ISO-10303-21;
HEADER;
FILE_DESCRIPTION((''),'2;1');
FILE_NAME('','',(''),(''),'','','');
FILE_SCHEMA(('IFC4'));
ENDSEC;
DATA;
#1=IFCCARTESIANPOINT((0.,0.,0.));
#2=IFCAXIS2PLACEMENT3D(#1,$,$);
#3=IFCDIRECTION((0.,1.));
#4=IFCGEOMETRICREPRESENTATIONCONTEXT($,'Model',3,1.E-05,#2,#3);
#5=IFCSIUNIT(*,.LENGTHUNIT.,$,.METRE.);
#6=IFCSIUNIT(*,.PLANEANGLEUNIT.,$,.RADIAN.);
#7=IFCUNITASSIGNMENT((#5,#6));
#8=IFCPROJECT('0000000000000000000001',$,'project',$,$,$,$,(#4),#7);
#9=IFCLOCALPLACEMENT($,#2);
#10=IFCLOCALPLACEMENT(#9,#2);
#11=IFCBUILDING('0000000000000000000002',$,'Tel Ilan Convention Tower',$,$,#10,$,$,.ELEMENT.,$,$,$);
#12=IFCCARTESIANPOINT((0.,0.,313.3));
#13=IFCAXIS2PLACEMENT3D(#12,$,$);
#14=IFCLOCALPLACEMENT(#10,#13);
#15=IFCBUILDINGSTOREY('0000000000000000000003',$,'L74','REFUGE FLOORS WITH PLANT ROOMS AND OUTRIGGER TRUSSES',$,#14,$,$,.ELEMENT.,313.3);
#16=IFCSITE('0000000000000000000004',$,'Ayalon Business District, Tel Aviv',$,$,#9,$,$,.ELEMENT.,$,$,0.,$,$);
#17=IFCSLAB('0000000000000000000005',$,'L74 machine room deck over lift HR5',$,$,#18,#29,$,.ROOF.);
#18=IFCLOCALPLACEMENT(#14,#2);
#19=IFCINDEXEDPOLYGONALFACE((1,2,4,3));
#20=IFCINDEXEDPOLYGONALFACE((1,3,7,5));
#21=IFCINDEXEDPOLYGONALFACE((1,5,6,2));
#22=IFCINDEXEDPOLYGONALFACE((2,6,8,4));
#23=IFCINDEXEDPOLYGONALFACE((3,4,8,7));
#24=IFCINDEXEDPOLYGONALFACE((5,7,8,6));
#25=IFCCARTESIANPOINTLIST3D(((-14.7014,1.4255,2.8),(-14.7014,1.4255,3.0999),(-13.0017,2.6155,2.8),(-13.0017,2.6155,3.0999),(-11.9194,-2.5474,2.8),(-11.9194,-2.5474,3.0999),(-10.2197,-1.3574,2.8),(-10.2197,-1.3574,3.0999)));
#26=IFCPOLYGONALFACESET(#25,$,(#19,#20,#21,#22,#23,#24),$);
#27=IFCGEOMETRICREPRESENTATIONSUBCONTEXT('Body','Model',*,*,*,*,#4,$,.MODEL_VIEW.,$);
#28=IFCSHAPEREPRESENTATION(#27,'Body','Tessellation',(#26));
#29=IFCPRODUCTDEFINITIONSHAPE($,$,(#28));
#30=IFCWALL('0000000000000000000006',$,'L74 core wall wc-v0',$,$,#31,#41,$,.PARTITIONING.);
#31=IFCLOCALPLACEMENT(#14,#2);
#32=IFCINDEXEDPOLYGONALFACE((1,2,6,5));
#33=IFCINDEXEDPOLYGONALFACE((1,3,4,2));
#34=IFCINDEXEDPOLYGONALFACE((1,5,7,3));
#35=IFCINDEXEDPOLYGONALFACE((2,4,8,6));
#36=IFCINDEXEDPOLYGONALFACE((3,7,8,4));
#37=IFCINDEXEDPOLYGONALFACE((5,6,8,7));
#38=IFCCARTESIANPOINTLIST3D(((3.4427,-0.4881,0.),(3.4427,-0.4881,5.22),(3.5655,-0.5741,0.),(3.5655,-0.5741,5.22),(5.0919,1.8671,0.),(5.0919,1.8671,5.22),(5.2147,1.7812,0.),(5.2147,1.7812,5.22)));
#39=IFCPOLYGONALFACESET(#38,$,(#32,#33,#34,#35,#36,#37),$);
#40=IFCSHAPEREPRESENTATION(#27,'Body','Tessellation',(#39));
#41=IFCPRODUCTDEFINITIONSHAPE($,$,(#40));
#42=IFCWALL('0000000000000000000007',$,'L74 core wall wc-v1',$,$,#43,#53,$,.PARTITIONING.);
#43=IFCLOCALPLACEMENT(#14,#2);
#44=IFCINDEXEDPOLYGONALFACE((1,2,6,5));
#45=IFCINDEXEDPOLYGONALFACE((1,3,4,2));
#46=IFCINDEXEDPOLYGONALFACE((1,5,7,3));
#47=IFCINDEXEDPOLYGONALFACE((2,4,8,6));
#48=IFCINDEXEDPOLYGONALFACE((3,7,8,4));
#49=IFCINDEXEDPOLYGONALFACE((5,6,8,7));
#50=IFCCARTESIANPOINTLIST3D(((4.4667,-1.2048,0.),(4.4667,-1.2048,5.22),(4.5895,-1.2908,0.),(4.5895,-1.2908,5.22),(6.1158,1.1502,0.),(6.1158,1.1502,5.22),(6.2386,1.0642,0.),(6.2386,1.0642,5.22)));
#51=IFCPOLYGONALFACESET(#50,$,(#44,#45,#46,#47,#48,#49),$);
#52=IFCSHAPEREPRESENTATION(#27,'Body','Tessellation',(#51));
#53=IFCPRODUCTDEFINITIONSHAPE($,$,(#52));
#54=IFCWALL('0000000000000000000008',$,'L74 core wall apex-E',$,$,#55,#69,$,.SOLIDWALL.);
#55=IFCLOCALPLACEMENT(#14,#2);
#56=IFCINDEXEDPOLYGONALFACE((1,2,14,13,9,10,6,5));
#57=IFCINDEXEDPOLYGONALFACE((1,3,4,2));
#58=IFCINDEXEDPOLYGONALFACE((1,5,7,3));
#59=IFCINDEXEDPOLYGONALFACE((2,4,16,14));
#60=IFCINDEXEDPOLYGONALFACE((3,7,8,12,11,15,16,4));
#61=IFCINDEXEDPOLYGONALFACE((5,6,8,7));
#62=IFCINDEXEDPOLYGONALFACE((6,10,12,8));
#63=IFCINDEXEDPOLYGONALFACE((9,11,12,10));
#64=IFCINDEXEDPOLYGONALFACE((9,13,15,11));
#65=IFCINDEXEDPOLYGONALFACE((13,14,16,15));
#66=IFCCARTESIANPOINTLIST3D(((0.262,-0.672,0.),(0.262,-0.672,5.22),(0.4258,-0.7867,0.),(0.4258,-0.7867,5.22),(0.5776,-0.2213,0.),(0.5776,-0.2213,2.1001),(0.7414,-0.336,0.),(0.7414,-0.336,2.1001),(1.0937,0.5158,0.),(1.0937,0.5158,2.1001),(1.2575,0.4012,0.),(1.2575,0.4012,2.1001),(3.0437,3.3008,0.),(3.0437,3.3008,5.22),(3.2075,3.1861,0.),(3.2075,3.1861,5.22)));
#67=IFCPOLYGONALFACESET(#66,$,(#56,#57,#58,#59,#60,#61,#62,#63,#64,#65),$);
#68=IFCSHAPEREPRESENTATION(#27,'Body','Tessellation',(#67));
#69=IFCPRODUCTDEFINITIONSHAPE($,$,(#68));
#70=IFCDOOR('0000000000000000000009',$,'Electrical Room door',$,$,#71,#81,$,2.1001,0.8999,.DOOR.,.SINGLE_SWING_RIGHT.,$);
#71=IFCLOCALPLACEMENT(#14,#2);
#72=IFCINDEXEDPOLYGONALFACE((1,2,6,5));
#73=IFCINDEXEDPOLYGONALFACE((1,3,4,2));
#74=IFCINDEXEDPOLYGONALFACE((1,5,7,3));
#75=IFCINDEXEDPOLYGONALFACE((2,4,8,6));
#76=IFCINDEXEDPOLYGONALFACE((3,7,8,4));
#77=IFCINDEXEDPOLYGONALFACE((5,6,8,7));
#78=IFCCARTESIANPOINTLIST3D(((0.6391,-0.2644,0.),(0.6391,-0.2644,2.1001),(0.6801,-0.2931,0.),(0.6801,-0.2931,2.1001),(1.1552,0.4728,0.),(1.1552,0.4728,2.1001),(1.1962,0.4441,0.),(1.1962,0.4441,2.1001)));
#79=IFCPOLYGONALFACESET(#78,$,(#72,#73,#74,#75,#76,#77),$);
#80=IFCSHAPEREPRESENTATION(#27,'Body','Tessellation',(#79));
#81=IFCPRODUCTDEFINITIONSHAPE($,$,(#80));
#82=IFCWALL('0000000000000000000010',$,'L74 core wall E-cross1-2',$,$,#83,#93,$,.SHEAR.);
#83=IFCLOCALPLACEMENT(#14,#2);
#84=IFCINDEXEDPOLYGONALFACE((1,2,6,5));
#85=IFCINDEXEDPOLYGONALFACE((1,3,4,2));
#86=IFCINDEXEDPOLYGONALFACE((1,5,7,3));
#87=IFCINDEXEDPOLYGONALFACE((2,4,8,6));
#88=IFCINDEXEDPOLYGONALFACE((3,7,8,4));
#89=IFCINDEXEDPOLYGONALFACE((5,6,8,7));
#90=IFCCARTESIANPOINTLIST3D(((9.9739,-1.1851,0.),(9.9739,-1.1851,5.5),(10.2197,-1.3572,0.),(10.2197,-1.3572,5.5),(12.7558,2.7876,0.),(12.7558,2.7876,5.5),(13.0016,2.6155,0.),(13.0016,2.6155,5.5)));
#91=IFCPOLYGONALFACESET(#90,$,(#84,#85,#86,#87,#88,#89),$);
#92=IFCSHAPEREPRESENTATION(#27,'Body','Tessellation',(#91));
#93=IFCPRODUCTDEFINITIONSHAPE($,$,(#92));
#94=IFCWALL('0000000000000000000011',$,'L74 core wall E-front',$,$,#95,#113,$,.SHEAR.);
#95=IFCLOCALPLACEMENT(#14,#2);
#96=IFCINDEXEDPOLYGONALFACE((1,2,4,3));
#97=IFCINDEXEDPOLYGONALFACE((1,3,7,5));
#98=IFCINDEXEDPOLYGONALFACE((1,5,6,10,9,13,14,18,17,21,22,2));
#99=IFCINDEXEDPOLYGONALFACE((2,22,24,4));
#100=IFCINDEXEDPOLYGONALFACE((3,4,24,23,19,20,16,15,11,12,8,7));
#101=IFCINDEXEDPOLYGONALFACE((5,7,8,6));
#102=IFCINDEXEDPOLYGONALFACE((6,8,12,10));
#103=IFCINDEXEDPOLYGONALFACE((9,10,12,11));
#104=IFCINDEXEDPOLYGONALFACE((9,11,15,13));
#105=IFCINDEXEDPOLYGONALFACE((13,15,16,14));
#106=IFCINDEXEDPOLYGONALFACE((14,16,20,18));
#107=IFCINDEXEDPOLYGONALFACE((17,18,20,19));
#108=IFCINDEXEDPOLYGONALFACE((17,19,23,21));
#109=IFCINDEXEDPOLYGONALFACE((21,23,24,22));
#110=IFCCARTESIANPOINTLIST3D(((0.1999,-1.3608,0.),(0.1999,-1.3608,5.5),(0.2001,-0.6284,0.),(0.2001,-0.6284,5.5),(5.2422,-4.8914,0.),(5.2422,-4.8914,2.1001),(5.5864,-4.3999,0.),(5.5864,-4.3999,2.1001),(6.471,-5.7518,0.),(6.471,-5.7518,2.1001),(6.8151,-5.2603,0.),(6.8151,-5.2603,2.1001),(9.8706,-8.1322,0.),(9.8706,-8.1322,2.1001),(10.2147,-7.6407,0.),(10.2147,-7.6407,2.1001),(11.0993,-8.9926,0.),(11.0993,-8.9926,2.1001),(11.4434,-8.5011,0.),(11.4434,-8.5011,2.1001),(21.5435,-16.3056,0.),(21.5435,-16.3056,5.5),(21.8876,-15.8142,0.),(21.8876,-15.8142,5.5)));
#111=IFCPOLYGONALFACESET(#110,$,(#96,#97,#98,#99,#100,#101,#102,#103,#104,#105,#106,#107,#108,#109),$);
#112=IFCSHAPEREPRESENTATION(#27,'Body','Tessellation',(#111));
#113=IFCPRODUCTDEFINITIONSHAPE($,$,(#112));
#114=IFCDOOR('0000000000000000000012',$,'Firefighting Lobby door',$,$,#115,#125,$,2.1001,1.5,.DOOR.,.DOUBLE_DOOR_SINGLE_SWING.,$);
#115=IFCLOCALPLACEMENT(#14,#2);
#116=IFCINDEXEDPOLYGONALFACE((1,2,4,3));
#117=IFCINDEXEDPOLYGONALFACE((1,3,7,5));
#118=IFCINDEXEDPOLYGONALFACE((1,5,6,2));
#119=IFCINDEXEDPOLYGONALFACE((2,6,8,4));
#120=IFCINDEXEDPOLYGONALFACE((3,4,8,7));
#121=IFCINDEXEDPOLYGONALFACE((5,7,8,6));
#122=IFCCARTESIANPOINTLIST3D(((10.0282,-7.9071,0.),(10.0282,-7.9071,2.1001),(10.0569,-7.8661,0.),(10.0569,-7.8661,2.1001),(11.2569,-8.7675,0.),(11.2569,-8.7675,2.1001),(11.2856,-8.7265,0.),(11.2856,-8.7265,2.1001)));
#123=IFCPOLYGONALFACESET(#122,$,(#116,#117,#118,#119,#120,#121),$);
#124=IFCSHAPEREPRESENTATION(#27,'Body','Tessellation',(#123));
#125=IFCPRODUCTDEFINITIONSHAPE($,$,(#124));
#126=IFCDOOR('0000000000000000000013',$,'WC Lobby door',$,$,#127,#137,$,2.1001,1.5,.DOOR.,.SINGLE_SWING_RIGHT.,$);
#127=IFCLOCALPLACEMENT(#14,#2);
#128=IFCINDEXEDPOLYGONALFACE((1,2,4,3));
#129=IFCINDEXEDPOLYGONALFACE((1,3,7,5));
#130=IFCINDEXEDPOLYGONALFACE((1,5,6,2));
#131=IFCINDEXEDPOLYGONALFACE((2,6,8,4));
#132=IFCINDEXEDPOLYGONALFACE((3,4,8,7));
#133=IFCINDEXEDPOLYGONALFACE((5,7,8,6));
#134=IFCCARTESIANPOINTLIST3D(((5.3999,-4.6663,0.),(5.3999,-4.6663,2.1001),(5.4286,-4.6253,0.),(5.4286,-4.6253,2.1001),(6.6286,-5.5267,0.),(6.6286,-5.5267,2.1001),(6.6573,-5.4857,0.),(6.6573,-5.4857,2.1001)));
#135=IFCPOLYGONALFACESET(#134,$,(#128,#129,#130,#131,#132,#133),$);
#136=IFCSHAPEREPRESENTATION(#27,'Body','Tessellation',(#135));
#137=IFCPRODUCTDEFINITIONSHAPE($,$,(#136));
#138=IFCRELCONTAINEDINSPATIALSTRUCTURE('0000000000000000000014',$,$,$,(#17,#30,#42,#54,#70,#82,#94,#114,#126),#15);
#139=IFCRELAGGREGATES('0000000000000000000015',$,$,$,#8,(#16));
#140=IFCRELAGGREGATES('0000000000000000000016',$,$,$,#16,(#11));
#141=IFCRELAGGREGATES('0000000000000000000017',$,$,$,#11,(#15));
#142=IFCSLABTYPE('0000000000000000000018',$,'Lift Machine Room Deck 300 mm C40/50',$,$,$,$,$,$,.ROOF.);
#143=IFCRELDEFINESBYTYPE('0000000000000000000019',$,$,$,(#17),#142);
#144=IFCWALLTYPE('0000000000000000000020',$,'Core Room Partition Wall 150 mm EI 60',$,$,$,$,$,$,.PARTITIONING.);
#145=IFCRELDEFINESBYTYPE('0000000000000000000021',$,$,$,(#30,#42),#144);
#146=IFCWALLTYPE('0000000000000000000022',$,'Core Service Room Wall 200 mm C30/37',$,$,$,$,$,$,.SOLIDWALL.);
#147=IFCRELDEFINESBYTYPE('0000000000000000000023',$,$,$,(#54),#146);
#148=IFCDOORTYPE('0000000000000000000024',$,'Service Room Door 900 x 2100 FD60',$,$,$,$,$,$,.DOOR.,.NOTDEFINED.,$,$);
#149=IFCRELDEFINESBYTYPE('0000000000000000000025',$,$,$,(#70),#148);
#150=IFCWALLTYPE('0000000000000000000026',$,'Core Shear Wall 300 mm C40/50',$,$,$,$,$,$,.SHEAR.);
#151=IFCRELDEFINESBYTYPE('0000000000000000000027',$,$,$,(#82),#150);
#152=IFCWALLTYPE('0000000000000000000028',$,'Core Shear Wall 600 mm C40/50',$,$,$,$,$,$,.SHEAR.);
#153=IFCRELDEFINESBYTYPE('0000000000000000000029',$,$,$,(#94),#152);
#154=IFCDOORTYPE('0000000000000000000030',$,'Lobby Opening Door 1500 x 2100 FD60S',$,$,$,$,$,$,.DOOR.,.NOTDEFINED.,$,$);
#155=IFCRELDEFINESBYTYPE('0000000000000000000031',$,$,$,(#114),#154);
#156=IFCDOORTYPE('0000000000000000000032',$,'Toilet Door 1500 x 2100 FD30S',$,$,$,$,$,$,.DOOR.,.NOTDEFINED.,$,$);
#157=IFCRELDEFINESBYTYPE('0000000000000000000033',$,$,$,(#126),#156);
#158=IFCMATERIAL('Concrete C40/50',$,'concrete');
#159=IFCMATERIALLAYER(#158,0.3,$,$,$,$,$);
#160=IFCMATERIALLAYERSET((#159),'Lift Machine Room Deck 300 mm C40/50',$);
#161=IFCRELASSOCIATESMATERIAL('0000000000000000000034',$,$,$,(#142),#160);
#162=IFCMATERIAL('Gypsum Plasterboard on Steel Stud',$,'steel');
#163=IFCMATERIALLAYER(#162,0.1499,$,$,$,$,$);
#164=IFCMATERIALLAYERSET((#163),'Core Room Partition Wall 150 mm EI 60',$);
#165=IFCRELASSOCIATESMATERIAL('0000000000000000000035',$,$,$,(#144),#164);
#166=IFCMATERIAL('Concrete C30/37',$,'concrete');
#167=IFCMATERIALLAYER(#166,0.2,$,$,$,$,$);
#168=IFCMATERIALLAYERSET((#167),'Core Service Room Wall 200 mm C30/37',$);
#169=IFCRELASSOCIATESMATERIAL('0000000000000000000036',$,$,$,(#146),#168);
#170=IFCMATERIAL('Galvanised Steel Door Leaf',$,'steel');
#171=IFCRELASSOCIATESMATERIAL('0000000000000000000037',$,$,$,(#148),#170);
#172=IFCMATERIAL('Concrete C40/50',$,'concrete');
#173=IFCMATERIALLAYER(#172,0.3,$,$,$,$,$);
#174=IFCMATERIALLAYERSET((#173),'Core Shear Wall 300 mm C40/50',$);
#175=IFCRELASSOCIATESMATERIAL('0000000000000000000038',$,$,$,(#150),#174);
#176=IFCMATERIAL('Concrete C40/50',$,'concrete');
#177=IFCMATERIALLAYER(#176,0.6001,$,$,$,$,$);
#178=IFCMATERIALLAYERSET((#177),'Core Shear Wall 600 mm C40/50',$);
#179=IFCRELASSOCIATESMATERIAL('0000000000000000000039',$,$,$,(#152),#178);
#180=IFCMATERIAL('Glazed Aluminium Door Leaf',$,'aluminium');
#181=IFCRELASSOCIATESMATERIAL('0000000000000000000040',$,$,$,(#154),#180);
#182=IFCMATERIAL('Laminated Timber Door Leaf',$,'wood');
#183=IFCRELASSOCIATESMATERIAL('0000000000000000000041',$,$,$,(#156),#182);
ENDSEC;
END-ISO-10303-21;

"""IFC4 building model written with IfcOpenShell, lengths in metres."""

from ifc_helpers import new_model, si_unit, direction, frame, frame_2d, origin, place, context, subcontext, project, spatial, polyline, rectangle, outline, extrude, material, layer, layer_set, type_object, element, fill, save


model = new_model("IFC4")

# Units and contexts
model_context = context("Model", 3, precision=1e-05, world=origin(), true_north=direction((0.0, 1.0)))
body_context = subcontext(model_context, "Body", "Model", "MODEL_VIEW")
ifc_project = project(units=[si_unit("LENGTHUNIT", "METRE"), si_unit("PLANEANGLEUNIT", "RADIAN")], contexts=[model_context])

# Site, building, storey
site_placement = place(None, origin())
site = spatial("IfcSite", under=ifc_project, at=site_placement, Name="Ayalon Business District, Tel Aviv", CompositionType="ELEMENT", RefElevation=0.0)
building_placement = place(site_placement, origin())
building = spatial("IfcBuilding", under=site, at=building_placement, Name="Tel Ilan Convention Tower", CompositionType="ELEMENT")
storey_placement = place(building_placement, frame((0.0, 0.0, 313.3)))
storey = spatial("IfcBuildingStorey", under=building, at=storey_placement, Name="L74", Description="REFUGE FLOORS WITH PLANT ROOMS AND OUTRIGGER TRUSSES", CompositionType="ELEMENT", Elevation=313.3)

# Slab
ifc_material_1 = material(Name="Concrete C40/50", Category="concrete")
ifc_layer_1 = layer(ifc_material_1, 0.3)
ifc_layer_set_1 = layer_set([ifc_layer_1], Name="Lift Machine Room Deck 300 mm C40/50")
slab_type_1 = type_object("IfcSlabType", Name="Lift Machine Room Deck 300 mm C40/50", PredefinedType="ROOF", material=ifc_layer_set_1)
slab_1_placement = place(storey_placement, frame((0.0, 0.0, 2.8)))
element("IfcSlab", 1, at=slab_1_placement, inside=storey, type_object=slab_type_1, Name="L74 machine room deck over lift HR5", PredefinedType="ROOF", context=body_context, shape_type="SweptSolid", body=[
    extrude(outline(polyline([(-10.2197, -1.3574), (-11.9194, -2.5474), (-14.7014, 1.4255), (-13.0017, 2.6155), (-10.2197, -1.3574)])), origin(), (0.0, 0.0, 1.0), 0.2998),
])

# Walls
ifc_material_2 = material(Name="Gypsum Plasterboard on Steel Stud", Category="steel")
ifc_layer_2 = layer(ifc_material_2, 0.1499)
ifc_layer_set_2 = layer_set([ifc_layer_2], Name="Core Room Partition Wall 150 mm EI 60")
wall_type_1 = type_object("IfcWallType", Name="Core Room Partition Wall 150 mm EI 60", PredefinedType="PARTITIONING", material=ifc_layer_set_2)
wall_1_placement = place(storey_placement, frame((3.5042, -0.531, 0.0), z_axis=(0.0, 0.0, 1.0), x_axis=(0.573582, 0.819148, 0.0)))
element("IfcWall", 2, at=wall_1_placement, inside=storey, type_object=wall_type_1, Name="L74 core wall wc-v0", PredefinedType="PARTITIONING", context=body_context, shape_type="SweptSolid", body=[
    extrude(rectangle(XDim=2.8752, YDim=0.1499, at=frame_2d((1.4375, 0.0))), origin(), (0.0, 0.0, 1.0), 5.22),
])
wall_2_placement = place(storey_placement, frame((4.5281, -1.2478, 0.0), z_axis=(0.0, 0.0, 1.0), x_axis=(0.573622, 0.81912, 0.0)))
element("IfcWall", 3, at=wall_2_placement, inside=storey, type_object=wall_type_1, Name="L74 core wall wc-v1", PredefinedType="PARTITIONING", context=body_context, shape_type="SweptSolid", body=[
    extrude(rectangle(XDim=2.875, YDim=0.1499, at=frame_2d((1.4375, 0.0))), origin(), (0.0, 0.0, 1.0), 5.22),
])

# Wall, opening, door
ifc_material_3 = material(Name="Concrete C30/37", Category="concrete")
ifc_layer_3 = layer(ifc_material_3, 0.2)
ifc_layer_set_3 = layer_set([ifc_layer_3], Name="Core Service Room Wall 200 mm C30/37")
wall_type_2 = type_object("IfcWallType", Name="Core Service Room Wall 200 mm C30/37", PredefinedType="SOLIDWALL", material=ifc_layer_set_3)
wall_3_placement = place(storey_placement, frame((0.344, -0.7292, 0.0), z_axis=(0.0, 0.0, 1.0), x_axis=(0.57356, 0.819163, 0.0)))
wall_3 = element("IfcWall", 4, at=wall_3_placement, inside=storey, type_object=wall_type_2, Name="L74 core wall apex-E", PredefinedType="SOLIDWALL", context=body_context, shape_type="SweptSolid", body=[
    extrude(rectangle(XDim=4.8499, YDim=0.2, at=frame_2d((2.4248, 0.0))), origin(), (0.0, 0.0, 1.0), 5.22),
])
opening_1_placement = place(wall_3_placement, frame((0.55, 0.0, 0.0)))
opening_1 = element("IfcOpeningElement", 5, at=opening_1_placement, cuts=wall_3, PredefinedType="OPENING", context=body_context, shape_type="SweptSolid", body=[
    extrude(rectangle(XDim=0.8999, YDim=2.1001, at=frame_2d((0.45, 1.05))), frame((0.0, 0.1099, 0.0), z_axis=(0.0, -1.0, 0.0), x_axis=(1.0, 0.0, 0.0)), (0.0, 0.0, 1.0), 0.22),
])
ifc_material_4 = material(Name="Galvanised Steel Door Leaf", Category="steel")
door_type_1 = type_object("IfcDoorType", Name="Service Room Door 900 x 2100 FD60", OperationType="NOTDEFINED", PredefinedType="DOOR", material=ifc_material_4)
door_1_placement = place(opening_1_placement, origin())
door_1 = element("IfcDoor", 6, at=door_1_placement, inside=storey, type_object=door_type_1, Name="Electrical Room door", OperationType="SINGLE_SWING_RIGHT", OverallHeight=2.1001, OverallWidth=0.8999, PredefinedType="DOOR", context=body_context, shape_type="SweptSolid", body=[
    extrude(rectangle(XDim=0.8999, YDim=2.1001, at=frame_2d((0.45, 1.05))), frame((0.0, 0.0249, 0.0), z_axis=(0.0, -1.0, 0.0), x_axis=(1.0, 0.0, 0.0)), (0.0, 0.0, 1.0), 0.05),
])
fill(opening_1, door_1)

# Wall
ifc_material_5 = material(Name="Concrete C40/50", Category="concrete")
ifc_layer_4 = layer(ifc_material_5, 0.3)
ifc_layer_set_4 = layer_set([ifc_layer_4], Name="Core Shear Wall 300 mm C40/50")
wall_type_3 = type_object("IfcWallType", Name="Core Shear Wall 300 mm C40/50", PredefinedType="SHEAR", material=ifc_layer_set_4)
wall_4_placement = place(storey_placement, frame((10.0969, -1.2712, 0.0), z_axis=(0.0, 0.0, 1.0), x_axis=(0.57356, 0.819163, 0.0)))
element("IfcWall", 7, at=wall_4_placement, inside=storey, type_object=wall_type_3, Name="L74 core wall E-cross1-2", PredefinedType="SHEAR", context=body_context, shape_type="SweptSolid", body=[
    extrude(outline(polyline([(4.8499, -0.1501), (4.8499, 0.1499), (0.0, 0.1501), (0.0, -0.1499), (4.8499, -0.1501)])), origin(), (0.0, 0.0, 1.0), 5.5),
])

# Wall, openings, doors
ifc_material_6 = material(Name="Concrete C40/50", Category="concrete")
ifc_layer_5 = layer(ifc_material_6, 0.6001)
ifc_layer_set_5 = layer_set([ifc_layer_5], Name="Core Shear Wall 600 mm C40/50")
wall_type_4 = type_object("IfcWallType", Name="Core Shear Wall 600 mm C40/50", PredefinedType="SHEAR", material=ifc_layer_set_5)
wall_5_placement = place(storey_placement, frame((0.0278, -0.874, 0.0), z_axis=(0.0, 0.0, 1.0), x_axis=(0.81915, -0.573579, 0.0)))
wall_5 = element("IfcWall", 8, at=wall_5_placement, inside=storey, type_object=wall_type_4, Name="L74 core wall E-front", PredefinedType="SHEAR", context=body_context, shape_type="SweptSolid", body=[
    extrude(outline(polyline([(26.4758, 0.3), (0.0002, 0.3), (0.4202, -0.3), (26.4758, -0.2998), (26.4758, 0.3)])), origin(), (0.0, 0.0, 1.0), 5.5),
])
opening_2_placement = place(wall_5_placement, frame((6.5757, 0.0, 0.0)))
opening_2 = element("IfcOpeningElement", 9, at=opening_2_placement, cuts=wall_5, PredefinedType="OPENING", context=body_context, shape_type="SweptSolid", body=[
    extrude(rectangle(XDim=1.5, YDim=2.1001, at=frame_2d((0.75, 1.05))), frame((0.0, 0.3101, 0.0), z_axis=(0.0, -1.0, 0.0), x_axis=(1.0, 0.0, 0.0)), (0.0, 0.0, 1.0), 0.6201),
])
opening_3_placement = place(wall_5_placement, frame((12.2258, 0.0, 0.0)))
opening_3 = element("IfcOpeningElement", 10, at=opening_3_placement, cuts=wall_5, PredefinedType="OPENING", context=body_context, shape_type="SweptSolid", body=[
    extrude(rectangle(XDim=1.5, YDim=2.1001, at=frame_2d((0.75, 1.05))), frame((0.0, 0.3101, 0.0), z_axis=(0.0, -1.0, 0.0), x_axis=(1.0, 0.0, 0.0)), (0.0, 0.0, 1.0), 0.6201),
])
ifc_material_7 = material(Name="Glazed Aluminium Door Leaf", Category="aluminium")
door_type_2 = type_object("IfcDoorType", Name="Lobby Opening Door 1500 x 2100 FD60S", OperationType="NOTDEFINED", PredefinedType="DOOR", material=ifc_material_7)
door_2_placement = place(opening_3_placement, origin())
door_2 = element("IfcDoor", 11, at=door_2_placement, inside=storey, type_object=door_type_2, Name="Firefighting Lobby door", OperationType="DOUBLE_DOOR_SINGLE_SWING", OverallHeight=2.1001, OverallWidth=1.5, PredefinedType="DOOR", context=body_context, shape_type="SweptSolid", body=[
    extrude(rectangle(XDim=1.5, YDim=2.1001, at=frame_2d((0.75, 1.05))), frame((0.0, 0.0249, 0.0), z_axis=(0.0, -1.0, 0.0), x_axis=(1.0, 0.0, 0.0)), (0.0, 0.0, 1.0), 0.05),
])
fill(opening_3, door_2)
ifc_material_8 = material(Name="Laminated Timber Door Leaf", Category="wood")
door_type_3 = type_object("IfcDoorType", Name="Toilet Door 1500 x 2100 FD30S", OperationType="NOTDEFINED", PredefinedType="DOOR", material=ifc_material_8)
door_3_placement = place(opening_2_placement, origin())
door_3 = element("IfcDoor", 12, at=door_3_placement, inside=storey, type_object=door_type_3, Name="WC Lobby door", OperationType="SINGLE_SWING_RIGHT", OverallHeight=2.1001, OverallWidth=1.5, PredefinedType="DOOR", context=body_context, shape_type="SweptSolid", body=[
    extrude(rectangle(XDim=1.5, YDim=2.1001, at=frame_2d((0.75, 1.05))), frame((0.0, 0.0249, 0.0), z_axis=(0.0, -1.0, 0.0), x_axis=(1.0, 0.0, 0.0)), (0.0, 0.0, 1.0), 0.05),
])
fill(opening_2, door_3)

save(model, "model.ifc")
